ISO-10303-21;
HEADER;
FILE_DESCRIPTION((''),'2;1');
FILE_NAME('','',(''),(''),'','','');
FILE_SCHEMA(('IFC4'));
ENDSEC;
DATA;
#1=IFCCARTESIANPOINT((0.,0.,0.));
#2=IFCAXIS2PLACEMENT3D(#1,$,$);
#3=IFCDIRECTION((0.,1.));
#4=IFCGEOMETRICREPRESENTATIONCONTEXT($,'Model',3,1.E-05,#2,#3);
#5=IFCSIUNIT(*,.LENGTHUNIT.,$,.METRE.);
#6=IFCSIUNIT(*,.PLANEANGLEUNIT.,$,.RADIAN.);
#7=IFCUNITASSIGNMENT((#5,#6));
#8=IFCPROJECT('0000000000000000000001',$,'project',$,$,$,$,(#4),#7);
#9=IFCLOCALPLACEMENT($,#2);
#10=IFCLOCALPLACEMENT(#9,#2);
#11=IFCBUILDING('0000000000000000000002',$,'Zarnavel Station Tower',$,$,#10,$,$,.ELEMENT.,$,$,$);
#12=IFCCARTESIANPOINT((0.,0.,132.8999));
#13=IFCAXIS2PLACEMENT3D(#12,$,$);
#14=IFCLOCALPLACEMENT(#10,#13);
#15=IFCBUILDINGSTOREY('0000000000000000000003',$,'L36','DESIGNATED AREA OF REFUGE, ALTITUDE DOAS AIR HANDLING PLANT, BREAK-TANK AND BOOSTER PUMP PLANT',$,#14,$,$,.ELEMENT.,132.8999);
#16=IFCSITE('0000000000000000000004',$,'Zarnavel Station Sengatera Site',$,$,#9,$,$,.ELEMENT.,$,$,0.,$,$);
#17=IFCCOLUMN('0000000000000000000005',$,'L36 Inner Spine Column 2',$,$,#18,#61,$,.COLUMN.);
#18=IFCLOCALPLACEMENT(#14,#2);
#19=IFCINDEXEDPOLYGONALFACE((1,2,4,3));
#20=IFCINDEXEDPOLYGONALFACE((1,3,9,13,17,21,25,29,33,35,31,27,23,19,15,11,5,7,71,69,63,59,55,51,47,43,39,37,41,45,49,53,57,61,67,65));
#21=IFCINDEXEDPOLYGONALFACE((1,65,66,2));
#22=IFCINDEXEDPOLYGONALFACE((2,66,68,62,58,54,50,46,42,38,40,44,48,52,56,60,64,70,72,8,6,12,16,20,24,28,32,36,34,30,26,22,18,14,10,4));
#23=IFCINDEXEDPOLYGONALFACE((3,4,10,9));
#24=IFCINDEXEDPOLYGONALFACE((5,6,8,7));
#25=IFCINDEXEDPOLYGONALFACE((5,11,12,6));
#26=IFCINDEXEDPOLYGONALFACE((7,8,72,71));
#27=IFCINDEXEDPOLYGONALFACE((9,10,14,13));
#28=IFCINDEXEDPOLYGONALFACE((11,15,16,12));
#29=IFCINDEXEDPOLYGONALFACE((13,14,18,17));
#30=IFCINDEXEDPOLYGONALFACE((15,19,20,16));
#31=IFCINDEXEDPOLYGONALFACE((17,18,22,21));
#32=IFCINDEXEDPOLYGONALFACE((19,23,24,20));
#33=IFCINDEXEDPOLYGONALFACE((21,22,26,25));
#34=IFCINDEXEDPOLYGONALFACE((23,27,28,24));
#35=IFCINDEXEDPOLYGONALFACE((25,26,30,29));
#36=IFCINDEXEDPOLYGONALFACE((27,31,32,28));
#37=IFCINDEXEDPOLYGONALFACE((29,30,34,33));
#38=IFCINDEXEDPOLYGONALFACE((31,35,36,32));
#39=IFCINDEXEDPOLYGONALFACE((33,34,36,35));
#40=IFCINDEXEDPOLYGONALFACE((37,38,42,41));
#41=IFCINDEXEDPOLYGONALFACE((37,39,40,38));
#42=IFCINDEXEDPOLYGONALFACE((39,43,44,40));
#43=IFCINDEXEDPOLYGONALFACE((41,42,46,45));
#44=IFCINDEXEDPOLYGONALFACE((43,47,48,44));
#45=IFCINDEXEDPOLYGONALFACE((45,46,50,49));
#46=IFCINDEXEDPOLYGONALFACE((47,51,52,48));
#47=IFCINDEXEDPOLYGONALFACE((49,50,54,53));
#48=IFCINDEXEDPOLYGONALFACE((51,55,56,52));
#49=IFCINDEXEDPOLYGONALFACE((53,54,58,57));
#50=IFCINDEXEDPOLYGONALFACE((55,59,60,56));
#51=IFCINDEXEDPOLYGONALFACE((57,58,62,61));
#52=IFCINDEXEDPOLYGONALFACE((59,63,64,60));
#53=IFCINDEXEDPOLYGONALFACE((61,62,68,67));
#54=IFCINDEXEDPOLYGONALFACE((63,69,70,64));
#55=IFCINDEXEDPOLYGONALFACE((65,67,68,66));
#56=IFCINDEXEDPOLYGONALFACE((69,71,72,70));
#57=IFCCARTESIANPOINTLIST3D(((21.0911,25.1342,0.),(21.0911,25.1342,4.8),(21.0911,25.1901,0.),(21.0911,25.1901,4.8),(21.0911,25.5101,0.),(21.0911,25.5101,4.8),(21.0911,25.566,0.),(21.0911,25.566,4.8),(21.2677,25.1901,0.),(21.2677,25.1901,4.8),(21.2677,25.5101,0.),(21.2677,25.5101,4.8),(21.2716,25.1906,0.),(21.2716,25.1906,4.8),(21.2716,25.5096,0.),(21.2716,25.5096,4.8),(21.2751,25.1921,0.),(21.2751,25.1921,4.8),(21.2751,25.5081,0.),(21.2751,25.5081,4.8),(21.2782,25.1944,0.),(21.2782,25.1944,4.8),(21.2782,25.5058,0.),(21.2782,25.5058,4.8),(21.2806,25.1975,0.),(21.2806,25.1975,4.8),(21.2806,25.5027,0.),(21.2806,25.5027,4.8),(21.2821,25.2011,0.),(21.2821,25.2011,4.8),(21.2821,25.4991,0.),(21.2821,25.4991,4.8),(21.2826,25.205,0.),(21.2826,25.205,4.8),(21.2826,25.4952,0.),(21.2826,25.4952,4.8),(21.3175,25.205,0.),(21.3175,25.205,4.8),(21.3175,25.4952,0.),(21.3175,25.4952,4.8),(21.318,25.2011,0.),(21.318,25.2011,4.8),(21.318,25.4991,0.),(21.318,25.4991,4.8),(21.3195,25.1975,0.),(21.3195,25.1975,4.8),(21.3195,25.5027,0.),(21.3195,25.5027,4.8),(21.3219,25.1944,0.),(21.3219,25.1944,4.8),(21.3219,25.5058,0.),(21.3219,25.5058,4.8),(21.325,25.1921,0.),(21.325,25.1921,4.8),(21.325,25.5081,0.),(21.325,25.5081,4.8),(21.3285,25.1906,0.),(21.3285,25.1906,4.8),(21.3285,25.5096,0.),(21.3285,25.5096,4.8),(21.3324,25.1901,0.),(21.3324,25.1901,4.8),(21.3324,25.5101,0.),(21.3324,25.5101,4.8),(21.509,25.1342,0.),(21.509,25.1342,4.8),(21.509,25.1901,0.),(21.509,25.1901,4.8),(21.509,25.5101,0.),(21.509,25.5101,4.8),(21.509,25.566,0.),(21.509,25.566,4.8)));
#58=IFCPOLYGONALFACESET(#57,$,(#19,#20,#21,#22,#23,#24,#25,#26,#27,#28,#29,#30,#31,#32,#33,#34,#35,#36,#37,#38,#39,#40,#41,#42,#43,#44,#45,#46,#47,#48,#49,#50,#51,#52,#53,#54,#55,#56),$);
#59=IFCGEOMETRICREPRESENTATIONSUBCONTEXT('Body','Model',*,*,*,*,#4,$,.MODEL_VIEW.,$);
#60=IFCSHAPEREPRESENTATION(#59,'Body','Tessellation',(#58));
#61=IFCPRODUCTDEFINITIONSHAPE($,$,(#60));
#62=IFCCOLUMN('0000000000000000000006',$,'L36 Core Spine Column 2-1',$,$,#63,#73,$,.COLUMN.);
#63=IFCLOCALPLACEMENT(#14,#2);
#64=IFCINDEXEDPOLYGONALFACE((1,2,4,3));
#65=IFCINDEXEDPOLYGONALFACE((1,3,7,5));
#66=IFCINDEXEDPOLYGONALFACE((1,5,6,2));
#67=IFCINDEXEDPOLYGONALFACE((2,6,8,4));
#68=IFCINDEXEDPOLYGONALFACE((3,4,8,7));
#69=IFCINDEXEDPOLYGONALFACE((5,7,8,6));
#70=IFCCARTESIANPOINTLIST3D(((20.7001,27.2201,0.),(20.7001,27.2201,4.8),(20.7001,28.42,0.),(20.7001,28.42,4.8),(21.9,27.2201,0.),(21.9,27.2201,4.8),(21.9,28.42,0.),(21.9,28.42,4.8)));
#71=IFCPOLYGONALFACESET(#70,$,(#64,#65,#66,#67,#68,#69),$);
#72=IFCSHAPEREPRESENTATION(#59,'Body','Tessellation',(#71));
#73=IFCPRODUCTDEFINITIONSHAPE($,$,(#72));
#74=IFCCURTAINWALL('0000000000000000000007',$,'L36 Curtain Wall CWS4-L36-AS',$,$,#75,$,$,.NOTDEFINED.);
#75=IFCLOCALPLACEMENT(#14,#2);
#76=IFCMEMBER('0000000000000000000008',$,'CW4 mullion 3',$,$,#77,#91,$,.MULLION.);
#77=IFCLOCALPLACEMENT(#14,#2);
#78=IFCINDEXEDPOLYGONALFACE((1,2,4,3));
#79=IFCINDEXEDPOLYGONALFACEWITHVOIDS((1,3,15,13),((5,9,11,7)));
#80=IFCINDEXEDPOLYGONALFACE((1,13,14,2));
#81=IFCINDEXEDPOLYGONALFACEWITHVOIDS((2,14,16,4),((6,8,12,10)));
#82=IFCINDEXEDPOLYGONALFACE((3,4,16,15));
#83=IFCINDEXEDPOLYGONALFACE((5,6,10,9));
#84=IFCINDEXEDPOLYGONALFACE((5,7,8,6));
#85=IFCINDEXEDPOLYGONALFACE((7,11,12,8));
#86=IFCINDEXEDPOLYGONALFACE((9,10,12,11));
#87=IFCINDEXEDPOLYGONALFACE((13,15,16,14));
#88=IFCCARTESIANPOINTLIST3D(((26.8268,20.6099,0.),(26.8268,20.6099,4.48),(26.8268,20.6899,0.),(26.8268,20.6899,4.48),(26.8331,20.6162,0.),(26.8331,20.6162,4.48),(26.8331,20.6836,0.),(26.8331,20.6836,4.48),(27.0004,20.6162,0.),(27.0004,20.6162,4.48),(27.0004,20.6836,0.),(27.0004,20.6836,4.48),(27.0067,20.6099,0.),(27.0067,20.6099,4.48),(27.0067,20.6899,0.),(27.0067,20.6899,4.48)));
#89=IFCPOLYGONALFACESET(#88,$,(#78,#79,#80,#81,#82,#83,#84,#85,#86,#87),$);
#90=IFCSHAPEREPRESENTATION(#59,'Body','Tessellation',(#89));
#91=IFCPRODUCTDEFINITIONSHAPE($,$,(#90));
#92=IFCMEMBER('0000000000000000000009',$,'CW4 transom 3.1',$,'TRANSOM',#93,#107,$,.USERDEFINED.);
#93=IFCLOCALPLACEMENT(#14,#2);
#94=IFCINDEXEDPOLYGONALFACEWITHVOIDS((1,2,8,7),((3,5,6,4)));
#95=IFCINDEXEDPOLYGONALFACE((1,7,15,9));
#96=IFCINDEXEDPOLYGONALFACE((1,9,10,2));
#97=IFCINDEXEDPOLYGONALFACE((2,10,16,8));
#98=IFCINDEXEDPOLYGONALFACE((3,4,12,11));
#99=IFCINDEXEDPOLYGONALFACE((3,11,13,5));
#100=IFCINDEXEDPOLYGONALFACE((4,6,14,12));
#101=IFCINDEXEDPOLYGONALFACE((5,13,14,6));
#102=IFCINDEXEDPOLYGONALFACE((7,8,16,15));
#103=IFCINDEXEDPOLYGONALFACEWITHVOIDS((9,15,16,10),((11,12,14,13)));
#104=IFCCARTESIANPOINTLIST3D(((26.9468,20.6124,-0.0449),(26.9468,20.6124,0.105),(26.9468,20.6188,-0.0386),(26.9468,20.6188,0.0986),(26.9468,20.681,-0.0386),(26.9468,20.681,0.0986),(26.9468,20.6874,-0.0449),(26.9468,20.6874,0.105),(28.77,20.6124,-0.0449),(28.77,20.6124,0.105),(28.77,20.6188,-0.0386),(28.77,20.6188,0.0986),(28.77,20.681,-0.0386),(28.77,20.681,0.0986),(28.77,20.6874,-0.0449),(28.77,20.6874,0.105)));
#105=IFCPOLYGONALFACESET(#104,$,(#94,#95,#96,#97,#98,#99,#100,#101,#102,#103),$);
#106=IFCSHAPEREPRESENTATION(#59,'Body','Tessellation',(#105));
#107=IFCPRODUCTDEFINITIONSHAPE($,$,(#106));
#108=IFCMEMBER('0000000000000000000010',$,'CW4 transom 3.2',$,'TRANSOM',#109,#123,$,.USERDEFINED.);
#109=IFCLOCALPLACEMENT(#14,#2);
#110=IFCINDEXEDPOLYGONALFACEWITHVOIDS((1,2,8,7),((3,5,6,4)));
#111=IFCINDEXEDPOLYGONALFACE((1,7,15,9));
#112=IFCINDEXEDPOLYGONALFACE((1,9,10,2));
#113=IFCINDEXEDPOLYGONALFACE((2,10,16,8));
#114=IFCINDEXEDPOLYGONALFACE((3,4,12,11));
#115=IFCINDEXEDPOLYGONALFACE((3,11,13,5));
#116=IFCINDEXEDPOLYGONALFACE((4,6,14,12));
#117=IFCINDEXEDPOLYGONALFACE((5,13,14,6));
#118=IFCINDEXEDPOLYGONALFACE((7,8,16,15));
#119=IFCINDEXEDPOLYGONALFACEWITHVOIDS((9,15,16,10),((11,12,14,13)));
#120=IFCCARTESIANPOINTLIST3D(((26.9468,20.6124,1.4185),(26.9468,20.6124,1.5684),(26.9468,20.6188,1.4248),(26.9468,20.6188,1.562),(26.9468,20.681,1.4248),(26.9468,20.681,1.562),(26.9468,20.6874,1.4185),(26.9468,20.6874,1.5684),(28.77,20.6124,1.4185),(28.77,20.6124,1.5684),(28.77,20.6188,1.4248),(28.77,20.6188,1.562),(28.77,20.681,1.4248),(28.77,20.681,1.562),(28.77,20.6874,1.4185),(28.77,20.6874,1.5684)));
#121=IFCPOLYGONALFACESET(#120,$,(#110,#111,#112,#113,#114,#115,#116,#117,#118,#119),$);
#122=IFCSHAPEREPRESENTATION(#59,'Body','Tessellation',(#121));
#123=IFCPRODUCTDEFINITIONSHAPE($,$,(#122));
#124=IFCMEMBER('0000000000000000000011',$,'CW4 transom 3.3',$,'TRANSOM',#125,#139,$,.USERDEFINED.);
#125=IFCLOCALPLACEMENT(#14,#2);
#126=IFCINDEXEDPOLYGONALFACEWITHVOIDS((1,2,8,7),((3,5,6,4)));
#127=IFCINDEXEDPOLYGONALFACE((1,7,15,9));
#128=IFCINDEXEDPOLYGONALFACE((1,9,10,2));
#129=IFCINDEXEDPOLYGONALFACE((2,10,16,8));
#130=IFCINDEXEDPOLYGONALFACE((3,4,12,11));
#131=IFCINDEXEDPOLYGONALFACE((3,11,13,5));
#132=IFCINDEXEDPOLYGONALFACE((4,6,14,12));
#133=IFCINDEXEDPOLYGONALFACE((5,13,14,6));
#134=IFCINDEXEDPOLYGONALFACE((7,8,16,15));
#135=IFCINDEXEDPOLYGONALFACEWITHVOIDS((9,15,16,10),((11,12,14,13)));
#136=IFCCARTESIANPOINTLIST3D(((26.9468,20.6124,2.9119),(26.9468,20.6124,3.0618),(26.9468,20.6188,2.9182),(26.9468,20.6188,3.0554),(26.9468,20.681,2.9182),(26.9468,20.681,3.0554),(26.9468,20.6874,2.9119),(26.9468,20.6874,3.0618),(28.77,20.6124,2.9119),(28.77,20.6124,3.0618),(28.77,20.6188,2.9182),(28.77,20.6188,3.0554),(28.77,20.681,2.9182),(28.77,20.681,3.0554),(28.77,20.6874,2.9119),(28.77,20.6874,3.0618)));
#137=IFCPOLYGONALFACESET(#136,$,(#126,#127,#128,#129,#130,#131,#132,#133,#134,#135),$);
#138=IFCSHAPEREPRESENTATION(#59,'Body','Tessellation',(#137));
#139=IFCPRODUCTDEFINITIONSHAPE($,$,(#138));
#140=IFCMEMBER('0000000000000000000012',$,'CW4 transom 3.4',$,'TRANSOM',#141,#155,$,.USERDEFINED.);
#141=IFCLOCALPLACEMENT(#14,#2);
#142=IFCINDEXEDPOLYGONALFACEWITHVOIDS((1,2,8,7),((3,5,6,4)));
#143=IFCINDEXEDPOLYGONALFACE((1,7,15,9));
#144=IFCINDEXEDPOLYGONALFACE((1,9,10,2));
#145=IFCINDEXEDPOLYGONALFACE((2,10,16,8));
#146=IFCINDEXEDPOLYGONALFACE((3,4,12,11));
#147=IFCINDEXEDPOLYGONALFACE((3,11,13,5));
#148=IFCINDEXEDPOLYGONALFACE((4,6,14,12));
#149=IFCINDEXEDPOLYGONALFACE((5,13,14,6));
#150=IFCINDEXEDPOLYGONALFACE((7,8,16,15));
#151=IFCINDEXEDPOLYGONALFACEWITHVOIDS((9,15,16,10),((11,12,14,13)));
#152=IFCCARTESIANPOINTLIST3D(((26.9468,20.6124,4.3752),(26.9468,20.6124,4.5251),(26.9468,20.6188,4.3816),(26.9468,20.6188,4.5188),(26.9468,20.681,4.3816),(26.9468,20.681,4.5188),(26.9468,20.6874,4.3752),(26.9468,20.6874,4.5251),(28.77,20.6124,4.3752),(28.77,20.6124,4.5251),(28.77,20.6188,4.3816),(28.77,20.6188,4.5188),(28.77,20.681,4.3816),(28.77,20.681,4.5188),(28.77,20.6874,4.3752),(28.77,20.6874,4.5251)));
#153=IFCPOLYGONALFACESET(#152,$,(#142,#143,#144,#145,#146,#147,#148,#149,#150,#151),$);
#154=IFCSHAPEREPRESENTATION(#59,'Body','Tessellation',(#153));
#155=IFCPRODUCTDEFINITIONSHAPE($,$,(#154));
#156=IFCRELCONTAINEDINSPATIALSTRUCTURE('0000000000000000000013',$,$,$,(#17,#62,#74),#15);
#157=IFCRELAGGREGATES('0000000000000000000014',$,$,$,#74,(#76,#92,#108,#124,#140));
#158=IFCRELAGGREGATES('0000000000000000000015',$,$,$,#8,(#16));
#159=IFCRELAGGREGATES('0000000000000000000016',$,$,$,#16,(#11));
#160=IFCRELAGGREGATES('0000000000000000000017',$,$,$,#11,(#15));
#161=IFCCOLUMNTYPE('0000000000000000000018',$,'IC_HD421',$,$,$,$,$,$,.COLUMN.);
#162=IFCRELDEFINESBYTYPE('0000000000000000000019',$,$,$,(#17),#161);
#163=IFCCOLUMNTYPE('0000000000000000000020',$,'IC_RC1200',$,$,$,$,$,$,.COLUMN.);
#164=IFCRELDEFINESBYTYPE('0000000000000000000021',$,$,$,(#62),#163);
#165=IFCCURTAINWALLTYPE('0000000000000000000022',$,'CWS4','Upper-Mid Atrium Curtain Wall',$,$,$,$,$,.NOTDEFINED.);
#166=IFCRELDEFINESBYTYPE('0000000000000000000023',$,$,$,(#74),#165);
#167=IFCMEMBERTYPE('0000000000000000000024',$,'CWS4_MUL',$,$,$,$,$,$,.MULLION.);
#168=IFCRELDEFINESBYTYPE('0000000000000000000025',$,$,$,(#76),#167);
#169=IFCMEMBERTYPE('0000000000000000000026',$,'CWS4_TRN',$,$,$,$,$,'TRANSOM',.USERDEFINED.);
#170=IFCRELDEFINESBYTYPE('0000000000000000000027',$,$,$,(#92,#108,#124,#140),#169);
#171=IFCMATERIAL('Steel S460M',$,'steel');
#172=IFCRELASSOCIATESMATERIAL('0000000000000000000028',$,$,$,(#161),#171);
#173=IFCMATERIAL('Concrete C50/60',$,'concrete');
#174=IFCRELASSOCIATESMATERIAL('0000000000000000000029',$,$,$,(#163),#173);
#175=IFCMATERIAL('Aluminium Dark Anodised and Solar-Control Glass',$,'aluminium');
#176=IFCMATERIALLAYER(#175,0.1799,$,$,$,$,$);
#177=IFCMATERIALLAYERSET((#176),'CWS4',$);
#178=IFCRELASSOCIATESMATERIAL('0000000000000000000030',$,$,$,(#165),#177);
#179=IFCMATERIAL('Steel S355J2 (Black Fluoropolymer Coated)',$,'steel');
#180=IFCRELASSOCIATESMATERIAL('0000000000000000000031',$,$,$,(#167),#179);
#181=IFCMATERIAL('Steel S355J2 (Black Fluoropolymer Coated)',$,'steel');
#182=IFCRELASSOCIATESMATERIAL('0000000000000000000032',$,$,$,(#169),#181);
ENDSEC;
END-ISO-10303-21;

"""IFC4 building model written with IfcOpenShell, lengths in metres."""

from ifc_helpers import new_model, si_unit, direction, frame, origin, origin_2d, place, context, subcontext, project, spatial, rectangle, hollow_rectangle, i_section, extrude, material, layer, layer_set, material_profile, profile_set, type_object, element, aggregate, save


model = new_model("IFC4")

# Units and contexts
model_context = context("Model", 3, precision=1e-05, world=origin(), true_north=direction((0.0, 1.0)))
body_context = subcontext(model_context, "Body", "Model", "MODEL_VIEW")
ifc_project = project(units=[si_unit("LENGTHUNIT", "METRE"), si_unit("PLANEANGLEUNIT", "RADIAN")], contexts=[model_context])

# Site, building, storey
site_placement = place(None, origin())
site = spatial("IfcSite", under=ifc_project, at=site_placement, Name="Zarnavel Station Sengatera Site", CompositionType="ELEMENT", RefElevation=0.0)
building_placement = place(site_placement, origin())
building = spatial("IfcBuilding", under=site, at=building_placement, Name="Zarnavel Station Tower", CompositionType="ELEMENT")
storey_placement = place(building_placement, frame((0.0, 0.0, 132.8999)))
storey = spatial("IfcBuildingStorey", under=building, at=storey_placement, Name="L36", Description="DESIGNATED AREA OF REFUGE, ALTITUDE DOAS AIR HANDLING PLANT, BREAK-TANK AND BOOSTER PUMP PLANT", CompositionType="ELEMENT", Elevation=132.8999)

# Columns
ifc_material_1 = material(Name="Steel S460M", Category="steel")
ifc_material_profile_1 = material_profile(ifc_material_1, i_section(OverallWidth=0.418, OverallDepth=0.4319, WebThickness=0.0349, FlangeThickness=0.0559, FilletRadius=0.0149, at=origin_2d()), Name="HD400x421")
ifc_profile_set_1 = profile_set([ifc_material_profile_1], Name="Steel S460M")
column_type_1 = type_object("IfcColumnType", Name="IC_HD421", PredefinedType="COLUMN", material=ifc_profile_set_1)
column_1_placement = place(storey_placement, frame((21.3, 25.3501, 0.0), z_axis=(0.0, 0.0, 1.0), x_axis=(1.0, 0.0, 0.0)))
element("IfcColumn", 1, at=column_1_placement, inside=storey, type_object=column_type_1, Name="L36 Inner Spine Column 2", PredefinedType="COLUMN", context=body_context, shape_type="SweptSolid", body=[
    extrude(i_section(OverallWidth=0.418, OverallDepth=0.4319, WebThickness=0.0349, FlangeThickness=0.0559, FilletRadius=0.0149, at=origin_2d()), origin(), (0.0, 0.0, 1.0), 4.8),
])
ifc_material_2 = material(Name="Concrete C50/60", Category="concrete")
ifc_material_profile_2 = material_profile(ifc_material_2, rectangle(XDim=1.2, YDim=1.2, at=origin_2d()), Name="RC1200x1200")
ifc_profile_set_2 = profile_set([ifc_material_profile_2], Name="Concrete C50/60")
column_type_2 = type_object("IfcColumnType", Name="IC_RC1200", PredefinedType="COLUMN", material=ifc_profile_set_2)
column_2_placement = place(storey_placement, frame((21.3, 27.8201, 0.0), z_axis=(0.0, 0.0, 1.0), x_axis=(1.0, 0.0, 0.0)))
element("IfcColumn", 2, at=column_2_placement, inside=storey, type_object=column_type_2, Name="L36 Core Spine Column 2-1", PredefinedType="COLUMN", context=body_context, shape_type="SweptSolid", body=[
    extrude(rectangle(XDim=1.2, YDim=1.2, at=origin_2d()), origin(), (0.0, 0.0, 1.0), 4.8),
])

# Curtain wall, members
ifc_material_3 = material(Name="Aluminium Dark Anodised and Solar-Control Glass", Category="aluminium")
ifc_layer_1 = layer(ifc_material_3, 0.1799)
ifc_layer_set_1 = layer_set([ifc_layer_1], Name="CWS4")
curtain_wall_type = type_object("IfcCurtainWallType", Name="CWS4", Description="Upper-Mid Atrium Curtain Wall", PredefinedType="NOTDEFINED", material=ifc_layer_set_1)
curtain_wall_placement = place(storey_placement, origin())
curtain_wall = element("IfcCurtainWall", 3, at=curtain_wall_placement, inside=storey, type_object=curtain_wall_type, Name="L36 Curtain Wall CWS4-L36-AS", PredefinedType="NOTDEFINED")
ifc_material_4 = material(Name="Steel S355J2 (Black Fluoropolymer Coated)", Category="steel")
ifc_material_profile_3 = material_profile(ifc_material_4, hollow_rectangle(XDim=0.0801, YDim=0.1799, WallThickness=0.0063, at=origin_2d()), Name="RHS180x80x6.3")
ifc_profile_set_3 = profile_set([ifc_material_profile_3], Name="Steel S355J2 (Black Fluoropolymer Coated)")
member_type_1 = type_object("IfcMemberType", Name="CWS4_MUL", PredefinedType="MULLION", material=ifc_profile_set_3)
member_1_placement = place(storey_placement, frame((26.9167, 20.6499, 0.0), z_axis=(0.0, 0.0, 1.0), x_axis=(0.0, 1.0, 0.0)))
member_1 = element("IfcMember", 4, at=member_1_placement, type_object=member_type_1, Name="CW4 mullion 3", PredefinedType="MULLION", context=body_context, shape_type="SweptSolid", body=[
    extrude(hollow_rectangle(XDim=0.0801, YDim=0.1799, WallThickness=0.0063, at=origin_2d()), origin(), (0.0, 0.0, 1.0), 4.48),
])
ifc_material_5 = material(Name="Steel S355J2 (Black Fluoropolymer Coated)", Category="steel")
ifc_material_profile_4 = material_profile(ifc_material_5, hollow_rectangle(XDim=0.075, YDim=0.1499, WallThickness=0.0063, at=origin_2d()), Name="RHS150x75x6.3")
ifc_profile_set_4 = profile_set([ifc_material_profile_4], Name="Steel S355J2 (Black Fluoropolymer Coated)")
member_type_2 = type_object("IfcMemberType", Name="CWS4_TRN", ElementType="TRANSOM", PredefinedType="USERDEFINED", material=ifc_profile_set_4)
member_2_placement = place(storey_placement, frame((26.9468, 20.6499, 0.03), z_axis=(1.0, 0.0, 0.0), x_axis=(0.0, 1.0, 0.0)))
member_2 = element("IfcMember", 5, at=member_2_placement, type_object=member_type_2, Name="CW4 transom 3.1", ObjectType="TRANSOM", PredefinedType="USERDEFINED", context=body_context, shape_type="SweptSolid", body=[
    extrude(hollow_rectangle(XDim=0.075, YDim=0.1499, WallThickness=0.0063, at=origin_2d()), origin(), (0.0, 0.0, 1.0), 1.8232),
])
member_3_placement = place(storey_placement, frame((26.9468, 20.6499, 1.4934), z_axis=(1.0, 0.0, 0.0), x_axis=(0.0, 1.0, 0.0)))
member_3 = element("IfcMember", 6, at=member_3_placement, type_object=member_type_2, Name="CW4 transom 3.2", ObjectType="TRANSOM", PredefinedType="USERDEFINED", context=body_context, shape_type="SweptSolid", body=[
    extrude(hollow_rectangle(XDim=0.075, YDim=0.1499, WallThickness=0.0063, at=origin_2d()), origin(), (0.0, 0.0, 1.0), 1.8232),
])
member_4_placement = place(storey_placement, frame((26.9468, 20.6499, 2.9868), z_axis=(1.0, 0.0, 0.0), x_axis=(0.0, 1.0, 0.0)))
member_4 = element("IfcMember", 7, at=member_4_placement, type_object=member_type_2, Name="CW4 transom 3.3", ObjectType="TRANSOM", PredefinedType="USERDEFINED", context=body_context, shape_type="SweptSolid", body=[
    extrude(hollow_rectangle(XDim=0.075, YDim=0.1499, WallThickness=0.0063, at=origin_2d()), origin(), (0.0, 0.0, 1.0), 1.8232),
])
member_5_placement = place(storey_placement, frame((26.9468, 20.6499, 4.4502), z_axis=(1.0, 0.0, 0.0), x_axis=(0.0, 1.0, 0.0)))
member_5 = element("IfcMember", 8, at=member_5_placement, type_object=member_type_2, Name="CW4 transom 3.4", ObjectType="TRANSOM", PredefinedType="USERDEFINED", context=body_context, shape_type="SweptSolid", body=[
    extrude(hollow_rectangle(XDim=0.075, YDim=0.1499, WallThickness=0.0063, at=origin_2d()), origin(), (0.0, 0.0, 1.0), 1.8232),
])

aggregate(curtain_wall, [member_1, member_2, member_3, member_4, member_5])

save(model, "model.ifc")
